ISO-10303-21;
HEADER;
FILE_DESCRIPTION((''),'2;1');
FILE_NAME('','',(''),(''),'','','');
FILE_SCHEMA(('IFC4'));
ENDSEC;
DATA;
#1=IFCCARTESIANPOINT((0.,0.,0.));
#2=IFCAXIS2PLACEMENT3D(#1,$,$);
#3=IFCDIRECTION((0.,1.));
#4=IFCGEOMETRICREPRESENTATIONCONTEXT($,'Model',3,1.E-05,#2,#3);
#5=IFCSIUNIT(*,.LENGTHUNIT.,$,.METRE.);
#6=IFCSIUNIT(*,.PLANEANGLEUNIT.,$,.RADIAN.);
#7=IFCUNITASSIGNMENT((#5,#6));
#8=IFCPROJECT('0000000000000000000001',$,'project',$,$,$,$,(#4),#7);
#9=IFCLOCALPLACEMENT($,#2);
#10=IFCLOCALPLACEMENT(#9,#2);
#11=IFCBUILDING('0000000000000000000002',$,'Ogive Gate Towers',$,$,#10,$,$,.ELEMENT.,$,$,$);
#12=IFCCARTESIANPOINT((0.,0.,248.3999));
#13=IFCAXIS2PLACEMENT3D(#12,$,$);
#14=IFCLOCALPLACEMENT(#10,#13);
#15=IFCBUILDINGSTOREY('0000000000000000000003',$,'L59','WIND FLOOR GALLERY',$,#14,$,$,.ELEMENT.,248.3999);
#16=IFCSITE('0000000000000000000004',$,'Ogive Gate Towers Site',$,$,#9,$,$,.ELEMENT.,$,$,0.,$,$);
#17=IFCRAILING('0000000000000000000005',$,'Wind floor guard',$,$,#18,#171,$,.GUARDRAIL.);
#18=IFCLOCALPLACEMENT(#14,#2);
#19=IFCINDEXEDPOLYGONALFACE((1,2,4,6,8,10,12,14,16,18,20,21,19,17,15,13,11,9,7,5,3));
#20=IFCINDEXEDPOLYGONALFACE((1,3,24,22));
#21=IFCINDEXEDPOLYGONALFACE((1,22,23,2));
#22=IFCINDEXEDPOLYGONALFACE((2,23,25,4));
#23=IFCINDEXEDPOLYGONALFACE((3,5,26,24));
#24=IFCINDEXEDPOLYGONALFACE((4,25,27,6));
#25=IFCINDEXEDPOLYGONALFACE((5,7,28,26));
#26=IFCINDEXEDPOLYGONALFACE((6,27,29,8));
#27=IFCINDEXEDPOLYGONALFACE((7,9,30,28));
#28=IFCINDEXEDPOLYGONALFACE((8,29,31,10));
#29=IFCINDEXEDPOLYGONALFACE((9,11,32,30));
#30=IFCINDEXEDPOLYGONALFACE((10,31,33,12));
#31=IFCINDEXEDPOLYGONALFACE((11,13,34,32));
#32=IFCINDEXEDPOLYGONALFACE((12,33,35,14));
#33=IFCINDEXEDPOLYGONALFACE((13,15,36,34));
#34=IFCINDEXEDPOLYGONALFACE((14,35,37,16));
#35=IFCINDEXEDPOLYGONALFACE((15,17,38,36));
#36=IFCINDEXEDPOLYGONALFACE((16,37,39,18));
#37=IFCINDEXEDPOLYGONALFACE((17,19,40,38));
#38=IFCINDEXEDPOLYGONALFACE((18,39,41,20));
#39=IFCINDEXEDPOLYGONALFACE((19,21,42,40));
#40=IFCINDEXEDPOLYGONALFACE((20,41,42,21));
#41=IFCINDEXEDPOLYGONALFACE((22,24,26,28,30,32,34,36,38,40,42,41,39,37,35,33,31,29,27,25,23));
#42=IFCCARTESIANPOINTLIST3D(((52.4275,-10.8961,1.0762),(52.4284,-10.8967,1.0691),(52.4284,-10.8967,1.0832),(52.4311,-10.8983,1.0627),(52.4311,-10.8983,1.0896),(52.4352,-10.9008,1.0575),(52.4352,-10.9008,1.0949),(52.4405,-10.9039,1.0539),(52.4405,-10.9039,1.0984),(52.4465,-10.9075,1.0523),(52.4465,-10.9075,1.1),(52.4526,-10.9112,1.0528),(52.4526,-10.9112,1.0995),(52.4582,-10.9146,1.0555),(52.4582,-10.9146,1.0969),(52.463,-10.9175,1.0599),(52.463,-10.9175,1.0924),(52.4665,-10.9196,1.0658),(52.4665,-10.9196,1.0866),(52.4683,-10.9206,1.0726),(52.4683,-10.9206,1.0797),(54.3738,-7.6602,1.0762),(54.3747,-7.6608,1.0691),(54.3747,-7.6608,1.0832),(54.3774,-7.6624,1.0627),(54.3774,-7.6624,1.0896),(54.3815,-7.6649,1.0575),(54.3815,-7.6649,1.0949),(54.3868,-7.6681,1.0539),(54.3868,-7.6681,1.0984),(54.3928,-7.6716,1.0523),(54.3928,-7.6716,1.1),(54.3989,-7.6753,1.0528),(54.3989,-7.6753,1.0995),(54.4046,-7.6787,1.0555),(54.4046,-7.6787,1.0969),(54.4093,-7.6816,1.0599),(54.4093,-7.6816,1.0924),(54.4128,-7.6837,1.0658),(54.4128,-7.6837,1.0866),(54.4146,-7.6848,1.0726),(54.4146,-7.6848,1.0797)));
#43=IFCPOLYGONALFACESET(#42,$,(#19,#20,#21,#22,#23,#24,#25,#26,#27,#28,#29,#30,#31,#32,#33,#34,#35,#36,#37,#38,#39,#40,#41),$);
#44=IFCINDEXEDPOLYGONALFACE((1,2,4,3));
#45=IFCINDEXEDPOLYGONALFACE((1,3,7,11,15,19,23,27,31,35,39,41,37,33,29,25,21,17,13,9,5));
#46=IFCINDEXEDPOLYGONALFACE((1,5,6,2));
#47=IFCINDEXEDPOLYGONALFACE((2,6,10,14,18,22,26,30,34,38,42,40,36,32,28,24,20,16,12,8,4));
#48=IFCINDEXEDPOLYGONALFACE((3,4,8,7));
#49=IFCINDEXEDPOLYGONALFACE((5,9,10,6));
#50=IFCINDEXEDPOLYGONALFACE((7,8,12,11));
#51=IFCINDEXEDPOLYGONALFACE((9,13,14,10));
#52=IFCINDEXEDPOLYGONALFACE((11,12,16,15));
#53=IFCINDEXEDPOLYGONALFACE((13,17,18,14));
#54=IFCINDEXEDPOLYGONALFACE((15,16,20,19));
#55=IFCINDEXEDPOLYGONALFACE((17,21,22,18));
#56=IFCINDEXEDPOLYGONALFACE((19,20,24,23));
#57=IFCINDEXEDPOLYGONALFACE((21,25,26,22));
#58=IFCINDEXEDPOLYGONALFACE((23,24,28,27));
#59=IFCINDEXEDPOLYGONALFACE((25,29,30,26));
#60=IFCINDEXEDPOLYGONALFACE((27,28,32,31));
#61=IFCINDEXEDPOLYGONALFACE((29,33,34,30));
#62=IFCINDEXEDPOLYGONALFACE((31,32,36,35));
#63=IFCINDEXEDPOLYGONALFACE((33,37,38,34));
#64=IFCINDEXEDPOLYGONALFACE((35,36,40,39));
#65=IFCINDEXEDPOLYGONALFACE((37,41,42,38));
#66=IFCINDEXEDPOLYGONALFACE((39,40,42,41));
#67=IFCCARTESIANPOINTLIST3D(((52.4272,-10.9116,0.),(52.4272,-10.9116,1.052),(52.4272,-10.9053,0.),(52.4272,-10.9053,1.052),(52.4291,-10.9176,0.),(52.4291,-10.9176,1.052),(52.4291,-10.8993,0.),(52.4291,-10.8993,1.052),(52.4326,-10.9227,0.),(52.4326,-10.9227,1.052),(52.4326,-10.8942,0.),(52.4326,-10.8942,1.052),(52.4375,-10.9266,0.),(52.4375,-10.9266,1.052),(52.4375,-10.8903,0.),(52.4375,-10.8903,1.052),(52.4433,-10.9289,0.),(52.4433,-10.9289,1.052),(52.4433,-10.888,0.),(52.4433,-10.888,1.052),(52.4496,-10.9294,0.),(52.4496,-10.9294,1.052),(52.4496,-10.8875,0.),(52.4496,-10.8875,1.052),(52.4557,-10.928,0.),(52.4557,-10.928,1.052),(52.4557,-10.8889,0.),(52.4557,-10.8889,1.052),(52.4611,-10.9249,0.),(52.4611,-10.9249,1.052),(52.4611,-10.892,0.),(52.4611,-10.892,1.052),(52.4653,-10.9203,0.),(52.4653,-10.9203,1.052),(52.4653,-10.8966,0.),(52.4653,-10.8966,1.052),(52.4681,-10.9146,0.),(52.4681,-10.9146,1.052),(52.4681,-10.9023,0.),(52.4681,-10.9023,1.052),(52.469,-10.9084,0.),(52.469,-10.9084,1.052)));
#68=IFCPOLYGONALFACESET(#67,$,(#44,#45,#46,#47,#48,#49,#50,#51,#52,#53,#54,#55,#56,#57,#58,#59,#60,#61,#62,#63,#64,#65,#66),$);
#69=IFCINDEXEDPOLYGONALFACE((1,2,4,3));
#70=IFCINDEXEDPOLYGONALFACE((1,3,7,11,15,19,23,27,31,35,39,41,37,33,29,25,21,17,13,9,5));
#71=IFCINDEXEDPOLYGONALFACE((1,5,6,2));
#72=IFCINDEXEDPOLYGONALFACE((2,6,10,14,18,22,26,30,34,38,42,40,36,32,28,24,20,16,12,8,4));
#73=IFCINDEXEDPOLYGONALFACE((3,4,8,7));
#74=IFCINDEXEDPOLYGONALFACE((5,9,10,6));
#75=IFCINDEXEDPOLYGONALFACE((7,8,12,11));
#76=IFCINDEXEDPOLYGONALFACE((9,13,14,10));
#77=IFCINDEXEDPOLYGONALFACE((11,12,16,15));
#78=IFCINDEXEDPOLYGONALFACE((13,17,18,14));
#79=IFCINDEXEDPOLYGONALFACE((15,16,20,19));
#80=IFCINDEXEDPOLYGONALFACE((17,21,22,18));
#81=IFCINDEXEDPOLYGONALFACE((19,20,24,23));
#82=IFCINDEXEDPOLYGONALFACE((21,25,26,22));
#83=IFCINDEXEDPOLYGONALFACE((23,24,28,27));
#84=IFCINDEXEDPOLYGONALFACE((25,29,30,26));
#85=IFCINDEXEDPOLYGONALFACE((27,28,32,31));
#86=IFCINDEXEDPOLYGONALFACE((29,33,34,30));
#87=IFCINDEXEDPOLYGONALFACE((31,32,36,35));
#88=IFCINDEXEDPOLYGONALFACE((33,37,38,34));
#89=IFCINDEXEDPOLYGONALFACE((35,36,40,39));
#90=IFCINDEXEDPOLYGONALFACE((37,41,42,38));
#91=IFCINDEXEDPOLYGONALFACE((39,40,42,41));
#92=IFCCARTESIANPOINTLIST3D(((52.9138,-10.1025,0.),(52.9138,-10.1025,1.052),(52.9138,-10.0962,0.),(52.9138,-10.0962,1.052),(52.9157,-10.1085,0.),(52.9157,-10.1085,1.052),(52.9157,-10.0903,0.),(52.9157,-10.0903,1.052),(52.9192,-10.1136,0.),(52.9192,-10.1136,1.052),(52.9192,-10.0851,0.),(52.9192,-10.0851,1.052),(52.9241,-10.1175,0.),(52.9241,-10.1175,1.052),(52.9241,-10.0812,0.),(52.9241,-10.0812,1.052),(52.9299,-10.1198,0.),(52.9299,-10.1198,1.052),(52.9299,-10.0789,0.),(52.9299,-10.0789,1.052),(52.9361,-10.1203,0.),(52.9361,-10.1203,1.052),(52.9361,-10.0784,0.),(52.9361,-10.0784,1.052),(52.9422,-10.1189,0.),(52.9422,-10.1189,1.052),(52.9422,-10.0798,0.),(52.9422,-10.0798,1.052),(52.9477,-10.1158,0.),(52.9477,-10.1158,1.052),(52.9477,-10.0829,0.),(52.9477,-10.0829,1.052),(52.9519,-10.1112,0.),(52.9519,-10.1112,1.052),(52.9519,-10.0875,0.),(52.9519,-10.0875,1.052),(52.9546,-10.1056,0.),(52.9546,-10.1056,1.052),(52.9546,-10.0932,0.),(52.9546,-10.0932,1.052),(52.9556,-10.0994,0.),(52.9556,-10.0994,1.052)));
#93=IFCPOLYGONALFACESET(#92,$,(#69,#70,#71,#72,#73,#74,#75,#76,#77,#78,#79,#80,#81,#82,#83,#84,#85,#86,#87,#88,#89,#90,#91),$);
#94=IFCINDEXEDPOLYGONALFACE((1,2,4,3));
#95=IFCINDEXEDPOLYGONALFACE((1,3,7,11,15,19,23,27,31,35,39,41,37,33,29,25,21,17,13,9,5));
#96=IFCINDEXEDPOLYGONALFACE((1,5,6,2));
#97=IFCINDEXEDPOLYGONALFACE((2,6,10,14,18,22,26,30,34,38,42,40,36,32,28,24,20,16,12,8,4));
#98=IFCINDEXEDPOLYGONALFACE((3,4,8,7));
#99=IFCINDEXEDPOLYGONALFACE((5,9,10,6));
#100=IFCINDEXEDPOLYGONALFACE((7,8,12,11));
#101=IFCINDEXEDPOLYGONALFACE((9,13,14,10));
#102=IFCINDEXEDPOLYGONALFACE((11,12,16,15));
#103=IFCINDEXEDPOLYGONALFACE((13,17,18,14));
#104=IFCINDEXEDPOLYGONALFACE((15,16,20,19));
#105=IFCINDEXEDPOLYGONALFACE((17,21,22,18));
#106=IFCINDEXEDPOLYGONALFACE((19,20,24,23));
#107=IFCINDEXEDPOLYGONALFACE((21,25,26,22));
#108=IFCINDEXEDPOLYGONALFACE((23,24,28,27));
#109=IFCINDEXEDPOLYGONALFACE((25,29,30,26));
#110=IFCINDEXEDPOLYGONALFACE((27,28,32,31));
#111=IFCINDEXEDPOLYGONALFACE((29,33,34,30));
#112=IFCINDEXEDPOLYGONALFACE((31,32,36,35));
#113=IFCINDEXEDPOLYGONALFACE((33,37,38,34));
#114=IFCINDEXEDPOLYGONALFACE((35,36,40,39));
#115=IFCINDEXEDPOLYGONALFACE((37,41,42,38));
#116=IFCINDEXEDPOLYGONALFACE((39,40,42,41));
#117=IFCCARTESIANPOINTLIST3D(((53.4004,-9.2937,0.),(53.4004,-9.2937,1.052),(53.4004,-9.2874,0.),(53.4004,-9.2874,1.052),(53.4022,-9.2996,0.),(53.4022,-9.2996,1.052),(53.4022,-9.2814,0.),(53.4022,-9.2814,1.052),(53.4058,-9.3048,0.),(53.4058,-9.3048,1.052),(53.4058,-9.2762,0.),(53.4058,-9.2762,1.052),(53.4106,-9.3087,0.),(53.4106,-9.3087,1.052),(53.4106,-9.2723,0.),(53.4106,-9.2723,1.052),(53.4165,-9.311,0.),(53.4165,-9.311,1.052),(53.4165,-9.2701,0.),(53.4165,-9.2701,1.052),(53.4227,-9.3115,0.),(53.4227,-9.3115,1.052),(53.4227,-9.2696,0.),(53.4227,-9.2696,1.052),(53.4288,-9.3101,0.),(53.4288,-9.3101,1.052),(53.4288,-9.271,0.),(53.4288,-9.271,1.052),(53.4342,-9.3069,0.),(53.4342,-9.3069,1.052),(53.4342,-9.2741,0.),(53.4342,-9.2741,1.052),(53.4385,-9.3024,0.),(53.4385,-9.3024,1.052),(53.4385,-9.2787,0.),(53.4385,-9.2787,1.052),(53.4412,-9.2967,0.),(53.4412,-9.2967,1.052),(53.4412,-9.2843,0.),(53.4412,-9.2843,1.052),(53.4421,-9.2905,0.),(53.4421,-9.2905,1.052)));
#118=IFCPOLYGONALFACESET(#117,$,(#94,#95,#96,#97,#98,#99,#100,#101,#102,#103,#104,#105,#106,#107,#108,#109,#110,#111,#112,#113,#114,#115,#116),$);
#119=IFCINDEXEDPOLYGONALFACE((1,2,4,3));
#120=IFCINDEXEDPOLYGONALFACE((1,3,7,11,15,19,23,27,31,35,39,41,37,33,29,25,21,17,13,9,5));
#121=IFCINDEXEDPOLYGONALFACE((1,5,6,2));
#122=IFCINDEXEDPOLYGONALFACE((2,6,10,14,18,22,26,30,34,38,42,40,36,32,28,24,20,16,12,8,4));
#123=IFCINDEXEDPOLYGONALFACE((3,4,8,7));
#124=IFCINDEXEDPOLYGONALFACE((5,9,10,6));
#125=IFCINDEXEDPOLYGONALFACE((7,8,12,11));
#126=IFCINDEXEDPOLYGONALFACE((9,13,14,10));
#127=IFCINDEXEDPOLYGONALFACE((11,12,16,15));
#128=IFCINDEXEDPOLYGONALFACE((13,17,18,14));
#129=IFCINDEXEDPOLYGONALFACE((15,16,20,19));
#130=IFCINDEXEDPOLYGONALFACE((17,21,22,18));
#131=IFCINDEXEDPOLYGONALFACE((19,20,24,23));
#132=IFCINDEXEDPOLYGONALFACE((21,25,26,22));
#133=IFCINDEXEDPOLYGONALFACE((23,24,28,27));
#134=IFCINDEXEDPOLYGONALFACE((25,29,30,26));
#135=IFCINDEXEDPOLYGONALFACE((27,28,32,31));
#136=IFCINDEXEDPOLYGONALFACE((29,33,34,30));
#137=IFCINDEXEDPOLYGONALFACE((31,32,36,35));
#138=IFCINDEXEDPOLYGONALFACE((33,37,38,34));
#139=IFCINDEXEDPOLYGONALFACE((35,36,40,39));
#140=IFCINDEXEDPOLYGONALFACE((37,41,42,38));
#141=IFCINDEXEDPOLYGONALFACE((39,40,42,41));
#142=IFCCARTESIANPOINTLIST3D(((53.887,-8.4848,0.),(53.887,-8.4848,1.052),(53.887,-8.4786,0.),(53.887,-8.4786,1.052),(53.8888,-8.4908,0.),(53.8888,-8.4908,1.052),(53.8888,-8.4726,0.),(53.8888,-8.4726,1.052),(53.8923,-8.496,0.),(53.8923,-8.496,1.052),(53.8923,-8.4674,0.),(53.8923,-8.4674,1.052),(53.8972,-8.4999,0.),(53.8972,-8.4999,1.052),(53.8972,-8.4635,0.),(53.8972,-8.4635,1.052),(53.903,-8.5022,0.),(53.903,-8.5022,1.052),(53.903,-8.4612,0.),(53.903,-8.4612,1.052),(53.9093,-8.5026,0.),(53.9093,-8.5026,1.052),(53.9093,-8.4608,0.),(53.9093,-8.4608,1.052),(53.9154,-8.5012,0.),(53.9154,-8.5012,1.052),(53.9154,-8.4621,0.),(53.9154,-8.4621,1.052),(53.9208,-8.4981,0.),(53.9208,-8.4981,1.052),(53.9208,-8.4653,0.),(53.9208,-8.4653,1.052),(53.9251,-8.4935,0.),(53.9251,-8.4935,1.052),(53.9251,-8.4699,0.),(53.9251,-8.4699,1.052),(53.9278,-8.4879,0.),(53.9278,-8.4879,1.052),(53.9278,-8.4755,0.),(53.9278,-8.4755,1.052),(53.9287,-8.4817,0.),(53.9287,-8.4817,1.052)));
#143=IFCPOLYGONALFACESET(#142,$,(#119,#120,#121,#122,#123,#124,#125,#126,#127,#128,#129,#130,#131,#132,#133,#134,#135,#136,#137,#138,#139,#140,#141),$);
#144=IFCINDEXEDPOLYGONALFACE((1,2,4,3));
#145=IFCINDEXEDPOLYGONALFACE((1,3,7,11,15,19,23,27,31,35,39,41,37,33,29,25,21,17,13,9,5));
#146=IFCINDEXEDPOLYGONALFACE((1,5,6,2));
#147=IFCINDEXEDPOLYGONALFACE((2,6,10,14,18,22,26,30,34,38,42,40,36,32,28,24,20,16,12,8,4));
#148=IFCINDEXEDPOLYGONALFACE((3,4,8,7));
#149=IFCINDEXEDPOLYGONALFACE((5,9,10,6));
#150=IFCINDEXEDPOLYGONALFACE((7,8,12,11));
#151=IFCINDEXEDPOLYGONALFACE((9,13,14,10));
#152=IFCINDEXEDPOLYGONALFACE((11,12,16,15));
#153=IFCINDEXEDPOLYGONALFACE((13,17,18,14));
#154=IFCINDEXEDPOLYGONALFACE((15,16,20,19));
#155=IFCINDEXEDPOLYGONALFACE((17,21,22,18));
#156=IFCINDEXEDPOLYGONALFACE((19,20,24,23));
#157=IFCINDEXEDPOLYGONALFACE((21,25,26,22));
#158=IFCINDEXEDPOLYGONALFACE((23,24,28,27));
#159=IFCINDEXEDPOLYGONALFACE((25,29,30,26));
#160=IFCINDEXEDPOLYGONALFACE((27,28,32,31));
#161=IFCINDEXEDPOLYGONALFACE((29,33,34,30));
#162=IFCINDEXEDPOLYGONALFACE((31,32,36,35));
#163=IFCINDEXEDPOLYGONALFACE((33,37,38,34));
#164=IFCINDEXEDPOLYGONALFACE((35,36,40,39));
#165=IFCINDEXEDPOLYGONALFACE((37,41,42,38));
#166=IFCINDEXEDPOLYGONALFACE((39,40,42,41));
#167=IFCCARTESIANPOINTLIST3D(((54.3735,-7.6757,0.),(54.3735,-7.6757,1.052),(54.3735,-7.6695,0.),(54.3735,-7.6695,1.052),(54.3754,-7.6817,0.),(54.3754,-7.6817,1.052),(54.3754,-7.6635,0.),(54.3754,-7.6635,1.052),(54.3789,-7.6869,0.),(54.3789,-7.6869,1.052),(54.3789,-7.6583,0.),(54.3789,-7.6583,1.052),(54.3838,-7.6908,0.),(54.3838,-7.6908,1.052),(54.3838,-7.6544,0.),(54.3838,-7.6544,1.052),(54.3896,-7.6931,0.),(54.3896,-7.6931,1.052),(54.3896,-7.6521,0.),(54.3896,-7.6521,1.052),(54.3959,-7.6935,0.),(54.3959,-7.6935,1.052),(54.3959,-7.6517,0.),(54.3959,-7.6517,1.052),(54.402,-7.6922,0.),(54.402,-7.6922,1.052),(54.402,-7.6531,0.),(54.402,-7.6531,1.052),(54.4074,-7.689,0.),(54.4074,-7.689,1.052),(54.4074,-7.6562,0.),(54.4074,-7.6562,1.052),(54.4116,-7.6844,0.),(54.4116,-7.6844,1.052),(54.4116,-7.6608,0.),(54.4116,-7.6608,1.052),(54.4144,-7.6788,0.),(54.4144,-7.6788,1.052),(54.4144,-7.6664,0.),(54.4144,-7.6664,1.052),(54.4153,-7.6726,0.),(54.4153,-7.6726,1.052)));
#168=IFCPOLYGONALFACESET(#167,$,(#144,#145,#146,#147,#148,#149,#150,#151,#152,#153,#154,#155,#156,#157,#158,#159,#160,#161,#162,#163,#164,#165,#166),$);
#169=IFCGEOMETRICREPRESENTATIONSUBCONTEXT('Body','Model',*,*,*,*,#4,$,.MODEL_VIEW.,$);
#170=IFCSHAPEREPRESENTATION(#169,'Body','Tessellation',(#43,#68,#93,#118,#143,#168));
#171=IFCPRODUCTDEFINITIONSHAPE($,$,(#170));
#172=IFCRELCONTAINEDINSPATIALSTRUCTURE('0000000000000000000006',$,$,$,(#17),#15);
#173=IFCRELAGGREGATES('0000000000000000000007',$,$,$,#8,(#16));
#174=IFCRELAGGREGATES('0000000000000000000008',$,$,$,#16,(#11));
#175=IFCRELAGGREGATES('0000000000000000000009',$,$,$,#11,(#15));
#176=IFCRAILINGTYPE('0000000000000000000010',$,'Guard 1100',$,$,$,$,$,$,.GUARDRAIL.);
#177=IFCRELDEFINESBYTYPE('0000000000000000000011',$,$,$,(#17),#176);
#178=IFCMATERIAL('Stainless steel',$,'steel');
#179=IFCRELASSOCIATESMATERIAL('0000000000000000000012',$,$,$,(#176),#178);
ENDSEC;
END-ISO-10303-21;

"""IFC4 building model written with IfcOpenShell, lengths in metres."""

from ifc_helpers import new_model, si_unit, direction, frame, origin, origin_2d, place, context, subcontext, project, spatial, circle, extrude, material, type_object, element, save


model = new_model("IFC4")

# Units and contexts
model_context = context("Model", 3, precision=1e-05, world=origin(), true_north=direction((0.0, 1.0)))
body_context = subcontext(model_context, "Body", "Model", "MODEL_VIEW")
ifc_project = project(units=[si_unit("LENGTHUNIT", "METRE"), si_unit("PLANEANGLEUNIT", "RADIAN")], contexts=[model_context])

# Site, building, storey
site_placement = place(None, origin())
site = spatial("IfcSite", under=ifc_project, at=site_placement, Name="Ogive Gate Towers Site", CompositionType="ELEMENT", RefElevation=0.0)
building_placement = place(site_placement, origin())
building = spatial("IfcBuilding", under=site, at=building_placement, Name="Ogive Gate Towers", CompositionType="ELEMENT")
storey_placement = place(building_placement, frame((0.0, 0.0, 248.3999)))
storey = spatial("IfcBuildingStorey", under=building, at=storey_placement, Name="L59", Description="WIND FLOOR GALLERY", CompositionType="ELEMENT", Elevation=248.3999)

# Railing
ifc_material_1 = material(Name="Stainless steel", Category="steel")
railing_type_1 = type_object("IfcRailingType", Name="Guard 1100", PredefinedType="GUARDRAIL", material=ifc_material_1)
railing_1_placement = place(storey_placement, frame((52.448, -10.9084, 0.0)))
element("IfcRailing", 1, at=railing_1_placement, inside=storey, type_object=railing_type_1, Name="Wind floor guard", PredefinedType="GUARDRAIL", context=body_context, shape_type="SweptSolid", body=[
    extrude(circle(Radius=0.0239, at=origin_2d()), frame((0.0, 0.0, 1.0762), z_axis=(0.515427, 0.856933, 0.0), x_axis=(-0.856933, 0.515427, 0.0)), (0.0, 0.0, 1.0), 3.7761),
    extrude(circle(Radius=0.021, at=origin_2d()), origin(), (0.0, 0.0, 1.0), 1.052),
    extrude(circle(Radius=0.021, at=origin_2d()), frame((0.4866, 0.8091, 0.0)), (0.0, 0.0, 1.0), 1.052),
    extrude(circle(Radius=0.021, at=origin_2d()), frame((0.9731, 1.6179, 0.0)), (0.0, 0.0, 1.0), 1.052),
    extrude(circle(Radius=0.021, at=origin_2d()), frame((1.4597, 2.4268, 0.0)), (0.0, 0.0, 1.0), 1.052),
    extrude(circle(Radius=0.021, at=origin_2d()), frame((1.9463, 3.2358, 0.0)), (0.0, 0.0, 1.0), 1.052),
])

save(model, "model.ifc")
